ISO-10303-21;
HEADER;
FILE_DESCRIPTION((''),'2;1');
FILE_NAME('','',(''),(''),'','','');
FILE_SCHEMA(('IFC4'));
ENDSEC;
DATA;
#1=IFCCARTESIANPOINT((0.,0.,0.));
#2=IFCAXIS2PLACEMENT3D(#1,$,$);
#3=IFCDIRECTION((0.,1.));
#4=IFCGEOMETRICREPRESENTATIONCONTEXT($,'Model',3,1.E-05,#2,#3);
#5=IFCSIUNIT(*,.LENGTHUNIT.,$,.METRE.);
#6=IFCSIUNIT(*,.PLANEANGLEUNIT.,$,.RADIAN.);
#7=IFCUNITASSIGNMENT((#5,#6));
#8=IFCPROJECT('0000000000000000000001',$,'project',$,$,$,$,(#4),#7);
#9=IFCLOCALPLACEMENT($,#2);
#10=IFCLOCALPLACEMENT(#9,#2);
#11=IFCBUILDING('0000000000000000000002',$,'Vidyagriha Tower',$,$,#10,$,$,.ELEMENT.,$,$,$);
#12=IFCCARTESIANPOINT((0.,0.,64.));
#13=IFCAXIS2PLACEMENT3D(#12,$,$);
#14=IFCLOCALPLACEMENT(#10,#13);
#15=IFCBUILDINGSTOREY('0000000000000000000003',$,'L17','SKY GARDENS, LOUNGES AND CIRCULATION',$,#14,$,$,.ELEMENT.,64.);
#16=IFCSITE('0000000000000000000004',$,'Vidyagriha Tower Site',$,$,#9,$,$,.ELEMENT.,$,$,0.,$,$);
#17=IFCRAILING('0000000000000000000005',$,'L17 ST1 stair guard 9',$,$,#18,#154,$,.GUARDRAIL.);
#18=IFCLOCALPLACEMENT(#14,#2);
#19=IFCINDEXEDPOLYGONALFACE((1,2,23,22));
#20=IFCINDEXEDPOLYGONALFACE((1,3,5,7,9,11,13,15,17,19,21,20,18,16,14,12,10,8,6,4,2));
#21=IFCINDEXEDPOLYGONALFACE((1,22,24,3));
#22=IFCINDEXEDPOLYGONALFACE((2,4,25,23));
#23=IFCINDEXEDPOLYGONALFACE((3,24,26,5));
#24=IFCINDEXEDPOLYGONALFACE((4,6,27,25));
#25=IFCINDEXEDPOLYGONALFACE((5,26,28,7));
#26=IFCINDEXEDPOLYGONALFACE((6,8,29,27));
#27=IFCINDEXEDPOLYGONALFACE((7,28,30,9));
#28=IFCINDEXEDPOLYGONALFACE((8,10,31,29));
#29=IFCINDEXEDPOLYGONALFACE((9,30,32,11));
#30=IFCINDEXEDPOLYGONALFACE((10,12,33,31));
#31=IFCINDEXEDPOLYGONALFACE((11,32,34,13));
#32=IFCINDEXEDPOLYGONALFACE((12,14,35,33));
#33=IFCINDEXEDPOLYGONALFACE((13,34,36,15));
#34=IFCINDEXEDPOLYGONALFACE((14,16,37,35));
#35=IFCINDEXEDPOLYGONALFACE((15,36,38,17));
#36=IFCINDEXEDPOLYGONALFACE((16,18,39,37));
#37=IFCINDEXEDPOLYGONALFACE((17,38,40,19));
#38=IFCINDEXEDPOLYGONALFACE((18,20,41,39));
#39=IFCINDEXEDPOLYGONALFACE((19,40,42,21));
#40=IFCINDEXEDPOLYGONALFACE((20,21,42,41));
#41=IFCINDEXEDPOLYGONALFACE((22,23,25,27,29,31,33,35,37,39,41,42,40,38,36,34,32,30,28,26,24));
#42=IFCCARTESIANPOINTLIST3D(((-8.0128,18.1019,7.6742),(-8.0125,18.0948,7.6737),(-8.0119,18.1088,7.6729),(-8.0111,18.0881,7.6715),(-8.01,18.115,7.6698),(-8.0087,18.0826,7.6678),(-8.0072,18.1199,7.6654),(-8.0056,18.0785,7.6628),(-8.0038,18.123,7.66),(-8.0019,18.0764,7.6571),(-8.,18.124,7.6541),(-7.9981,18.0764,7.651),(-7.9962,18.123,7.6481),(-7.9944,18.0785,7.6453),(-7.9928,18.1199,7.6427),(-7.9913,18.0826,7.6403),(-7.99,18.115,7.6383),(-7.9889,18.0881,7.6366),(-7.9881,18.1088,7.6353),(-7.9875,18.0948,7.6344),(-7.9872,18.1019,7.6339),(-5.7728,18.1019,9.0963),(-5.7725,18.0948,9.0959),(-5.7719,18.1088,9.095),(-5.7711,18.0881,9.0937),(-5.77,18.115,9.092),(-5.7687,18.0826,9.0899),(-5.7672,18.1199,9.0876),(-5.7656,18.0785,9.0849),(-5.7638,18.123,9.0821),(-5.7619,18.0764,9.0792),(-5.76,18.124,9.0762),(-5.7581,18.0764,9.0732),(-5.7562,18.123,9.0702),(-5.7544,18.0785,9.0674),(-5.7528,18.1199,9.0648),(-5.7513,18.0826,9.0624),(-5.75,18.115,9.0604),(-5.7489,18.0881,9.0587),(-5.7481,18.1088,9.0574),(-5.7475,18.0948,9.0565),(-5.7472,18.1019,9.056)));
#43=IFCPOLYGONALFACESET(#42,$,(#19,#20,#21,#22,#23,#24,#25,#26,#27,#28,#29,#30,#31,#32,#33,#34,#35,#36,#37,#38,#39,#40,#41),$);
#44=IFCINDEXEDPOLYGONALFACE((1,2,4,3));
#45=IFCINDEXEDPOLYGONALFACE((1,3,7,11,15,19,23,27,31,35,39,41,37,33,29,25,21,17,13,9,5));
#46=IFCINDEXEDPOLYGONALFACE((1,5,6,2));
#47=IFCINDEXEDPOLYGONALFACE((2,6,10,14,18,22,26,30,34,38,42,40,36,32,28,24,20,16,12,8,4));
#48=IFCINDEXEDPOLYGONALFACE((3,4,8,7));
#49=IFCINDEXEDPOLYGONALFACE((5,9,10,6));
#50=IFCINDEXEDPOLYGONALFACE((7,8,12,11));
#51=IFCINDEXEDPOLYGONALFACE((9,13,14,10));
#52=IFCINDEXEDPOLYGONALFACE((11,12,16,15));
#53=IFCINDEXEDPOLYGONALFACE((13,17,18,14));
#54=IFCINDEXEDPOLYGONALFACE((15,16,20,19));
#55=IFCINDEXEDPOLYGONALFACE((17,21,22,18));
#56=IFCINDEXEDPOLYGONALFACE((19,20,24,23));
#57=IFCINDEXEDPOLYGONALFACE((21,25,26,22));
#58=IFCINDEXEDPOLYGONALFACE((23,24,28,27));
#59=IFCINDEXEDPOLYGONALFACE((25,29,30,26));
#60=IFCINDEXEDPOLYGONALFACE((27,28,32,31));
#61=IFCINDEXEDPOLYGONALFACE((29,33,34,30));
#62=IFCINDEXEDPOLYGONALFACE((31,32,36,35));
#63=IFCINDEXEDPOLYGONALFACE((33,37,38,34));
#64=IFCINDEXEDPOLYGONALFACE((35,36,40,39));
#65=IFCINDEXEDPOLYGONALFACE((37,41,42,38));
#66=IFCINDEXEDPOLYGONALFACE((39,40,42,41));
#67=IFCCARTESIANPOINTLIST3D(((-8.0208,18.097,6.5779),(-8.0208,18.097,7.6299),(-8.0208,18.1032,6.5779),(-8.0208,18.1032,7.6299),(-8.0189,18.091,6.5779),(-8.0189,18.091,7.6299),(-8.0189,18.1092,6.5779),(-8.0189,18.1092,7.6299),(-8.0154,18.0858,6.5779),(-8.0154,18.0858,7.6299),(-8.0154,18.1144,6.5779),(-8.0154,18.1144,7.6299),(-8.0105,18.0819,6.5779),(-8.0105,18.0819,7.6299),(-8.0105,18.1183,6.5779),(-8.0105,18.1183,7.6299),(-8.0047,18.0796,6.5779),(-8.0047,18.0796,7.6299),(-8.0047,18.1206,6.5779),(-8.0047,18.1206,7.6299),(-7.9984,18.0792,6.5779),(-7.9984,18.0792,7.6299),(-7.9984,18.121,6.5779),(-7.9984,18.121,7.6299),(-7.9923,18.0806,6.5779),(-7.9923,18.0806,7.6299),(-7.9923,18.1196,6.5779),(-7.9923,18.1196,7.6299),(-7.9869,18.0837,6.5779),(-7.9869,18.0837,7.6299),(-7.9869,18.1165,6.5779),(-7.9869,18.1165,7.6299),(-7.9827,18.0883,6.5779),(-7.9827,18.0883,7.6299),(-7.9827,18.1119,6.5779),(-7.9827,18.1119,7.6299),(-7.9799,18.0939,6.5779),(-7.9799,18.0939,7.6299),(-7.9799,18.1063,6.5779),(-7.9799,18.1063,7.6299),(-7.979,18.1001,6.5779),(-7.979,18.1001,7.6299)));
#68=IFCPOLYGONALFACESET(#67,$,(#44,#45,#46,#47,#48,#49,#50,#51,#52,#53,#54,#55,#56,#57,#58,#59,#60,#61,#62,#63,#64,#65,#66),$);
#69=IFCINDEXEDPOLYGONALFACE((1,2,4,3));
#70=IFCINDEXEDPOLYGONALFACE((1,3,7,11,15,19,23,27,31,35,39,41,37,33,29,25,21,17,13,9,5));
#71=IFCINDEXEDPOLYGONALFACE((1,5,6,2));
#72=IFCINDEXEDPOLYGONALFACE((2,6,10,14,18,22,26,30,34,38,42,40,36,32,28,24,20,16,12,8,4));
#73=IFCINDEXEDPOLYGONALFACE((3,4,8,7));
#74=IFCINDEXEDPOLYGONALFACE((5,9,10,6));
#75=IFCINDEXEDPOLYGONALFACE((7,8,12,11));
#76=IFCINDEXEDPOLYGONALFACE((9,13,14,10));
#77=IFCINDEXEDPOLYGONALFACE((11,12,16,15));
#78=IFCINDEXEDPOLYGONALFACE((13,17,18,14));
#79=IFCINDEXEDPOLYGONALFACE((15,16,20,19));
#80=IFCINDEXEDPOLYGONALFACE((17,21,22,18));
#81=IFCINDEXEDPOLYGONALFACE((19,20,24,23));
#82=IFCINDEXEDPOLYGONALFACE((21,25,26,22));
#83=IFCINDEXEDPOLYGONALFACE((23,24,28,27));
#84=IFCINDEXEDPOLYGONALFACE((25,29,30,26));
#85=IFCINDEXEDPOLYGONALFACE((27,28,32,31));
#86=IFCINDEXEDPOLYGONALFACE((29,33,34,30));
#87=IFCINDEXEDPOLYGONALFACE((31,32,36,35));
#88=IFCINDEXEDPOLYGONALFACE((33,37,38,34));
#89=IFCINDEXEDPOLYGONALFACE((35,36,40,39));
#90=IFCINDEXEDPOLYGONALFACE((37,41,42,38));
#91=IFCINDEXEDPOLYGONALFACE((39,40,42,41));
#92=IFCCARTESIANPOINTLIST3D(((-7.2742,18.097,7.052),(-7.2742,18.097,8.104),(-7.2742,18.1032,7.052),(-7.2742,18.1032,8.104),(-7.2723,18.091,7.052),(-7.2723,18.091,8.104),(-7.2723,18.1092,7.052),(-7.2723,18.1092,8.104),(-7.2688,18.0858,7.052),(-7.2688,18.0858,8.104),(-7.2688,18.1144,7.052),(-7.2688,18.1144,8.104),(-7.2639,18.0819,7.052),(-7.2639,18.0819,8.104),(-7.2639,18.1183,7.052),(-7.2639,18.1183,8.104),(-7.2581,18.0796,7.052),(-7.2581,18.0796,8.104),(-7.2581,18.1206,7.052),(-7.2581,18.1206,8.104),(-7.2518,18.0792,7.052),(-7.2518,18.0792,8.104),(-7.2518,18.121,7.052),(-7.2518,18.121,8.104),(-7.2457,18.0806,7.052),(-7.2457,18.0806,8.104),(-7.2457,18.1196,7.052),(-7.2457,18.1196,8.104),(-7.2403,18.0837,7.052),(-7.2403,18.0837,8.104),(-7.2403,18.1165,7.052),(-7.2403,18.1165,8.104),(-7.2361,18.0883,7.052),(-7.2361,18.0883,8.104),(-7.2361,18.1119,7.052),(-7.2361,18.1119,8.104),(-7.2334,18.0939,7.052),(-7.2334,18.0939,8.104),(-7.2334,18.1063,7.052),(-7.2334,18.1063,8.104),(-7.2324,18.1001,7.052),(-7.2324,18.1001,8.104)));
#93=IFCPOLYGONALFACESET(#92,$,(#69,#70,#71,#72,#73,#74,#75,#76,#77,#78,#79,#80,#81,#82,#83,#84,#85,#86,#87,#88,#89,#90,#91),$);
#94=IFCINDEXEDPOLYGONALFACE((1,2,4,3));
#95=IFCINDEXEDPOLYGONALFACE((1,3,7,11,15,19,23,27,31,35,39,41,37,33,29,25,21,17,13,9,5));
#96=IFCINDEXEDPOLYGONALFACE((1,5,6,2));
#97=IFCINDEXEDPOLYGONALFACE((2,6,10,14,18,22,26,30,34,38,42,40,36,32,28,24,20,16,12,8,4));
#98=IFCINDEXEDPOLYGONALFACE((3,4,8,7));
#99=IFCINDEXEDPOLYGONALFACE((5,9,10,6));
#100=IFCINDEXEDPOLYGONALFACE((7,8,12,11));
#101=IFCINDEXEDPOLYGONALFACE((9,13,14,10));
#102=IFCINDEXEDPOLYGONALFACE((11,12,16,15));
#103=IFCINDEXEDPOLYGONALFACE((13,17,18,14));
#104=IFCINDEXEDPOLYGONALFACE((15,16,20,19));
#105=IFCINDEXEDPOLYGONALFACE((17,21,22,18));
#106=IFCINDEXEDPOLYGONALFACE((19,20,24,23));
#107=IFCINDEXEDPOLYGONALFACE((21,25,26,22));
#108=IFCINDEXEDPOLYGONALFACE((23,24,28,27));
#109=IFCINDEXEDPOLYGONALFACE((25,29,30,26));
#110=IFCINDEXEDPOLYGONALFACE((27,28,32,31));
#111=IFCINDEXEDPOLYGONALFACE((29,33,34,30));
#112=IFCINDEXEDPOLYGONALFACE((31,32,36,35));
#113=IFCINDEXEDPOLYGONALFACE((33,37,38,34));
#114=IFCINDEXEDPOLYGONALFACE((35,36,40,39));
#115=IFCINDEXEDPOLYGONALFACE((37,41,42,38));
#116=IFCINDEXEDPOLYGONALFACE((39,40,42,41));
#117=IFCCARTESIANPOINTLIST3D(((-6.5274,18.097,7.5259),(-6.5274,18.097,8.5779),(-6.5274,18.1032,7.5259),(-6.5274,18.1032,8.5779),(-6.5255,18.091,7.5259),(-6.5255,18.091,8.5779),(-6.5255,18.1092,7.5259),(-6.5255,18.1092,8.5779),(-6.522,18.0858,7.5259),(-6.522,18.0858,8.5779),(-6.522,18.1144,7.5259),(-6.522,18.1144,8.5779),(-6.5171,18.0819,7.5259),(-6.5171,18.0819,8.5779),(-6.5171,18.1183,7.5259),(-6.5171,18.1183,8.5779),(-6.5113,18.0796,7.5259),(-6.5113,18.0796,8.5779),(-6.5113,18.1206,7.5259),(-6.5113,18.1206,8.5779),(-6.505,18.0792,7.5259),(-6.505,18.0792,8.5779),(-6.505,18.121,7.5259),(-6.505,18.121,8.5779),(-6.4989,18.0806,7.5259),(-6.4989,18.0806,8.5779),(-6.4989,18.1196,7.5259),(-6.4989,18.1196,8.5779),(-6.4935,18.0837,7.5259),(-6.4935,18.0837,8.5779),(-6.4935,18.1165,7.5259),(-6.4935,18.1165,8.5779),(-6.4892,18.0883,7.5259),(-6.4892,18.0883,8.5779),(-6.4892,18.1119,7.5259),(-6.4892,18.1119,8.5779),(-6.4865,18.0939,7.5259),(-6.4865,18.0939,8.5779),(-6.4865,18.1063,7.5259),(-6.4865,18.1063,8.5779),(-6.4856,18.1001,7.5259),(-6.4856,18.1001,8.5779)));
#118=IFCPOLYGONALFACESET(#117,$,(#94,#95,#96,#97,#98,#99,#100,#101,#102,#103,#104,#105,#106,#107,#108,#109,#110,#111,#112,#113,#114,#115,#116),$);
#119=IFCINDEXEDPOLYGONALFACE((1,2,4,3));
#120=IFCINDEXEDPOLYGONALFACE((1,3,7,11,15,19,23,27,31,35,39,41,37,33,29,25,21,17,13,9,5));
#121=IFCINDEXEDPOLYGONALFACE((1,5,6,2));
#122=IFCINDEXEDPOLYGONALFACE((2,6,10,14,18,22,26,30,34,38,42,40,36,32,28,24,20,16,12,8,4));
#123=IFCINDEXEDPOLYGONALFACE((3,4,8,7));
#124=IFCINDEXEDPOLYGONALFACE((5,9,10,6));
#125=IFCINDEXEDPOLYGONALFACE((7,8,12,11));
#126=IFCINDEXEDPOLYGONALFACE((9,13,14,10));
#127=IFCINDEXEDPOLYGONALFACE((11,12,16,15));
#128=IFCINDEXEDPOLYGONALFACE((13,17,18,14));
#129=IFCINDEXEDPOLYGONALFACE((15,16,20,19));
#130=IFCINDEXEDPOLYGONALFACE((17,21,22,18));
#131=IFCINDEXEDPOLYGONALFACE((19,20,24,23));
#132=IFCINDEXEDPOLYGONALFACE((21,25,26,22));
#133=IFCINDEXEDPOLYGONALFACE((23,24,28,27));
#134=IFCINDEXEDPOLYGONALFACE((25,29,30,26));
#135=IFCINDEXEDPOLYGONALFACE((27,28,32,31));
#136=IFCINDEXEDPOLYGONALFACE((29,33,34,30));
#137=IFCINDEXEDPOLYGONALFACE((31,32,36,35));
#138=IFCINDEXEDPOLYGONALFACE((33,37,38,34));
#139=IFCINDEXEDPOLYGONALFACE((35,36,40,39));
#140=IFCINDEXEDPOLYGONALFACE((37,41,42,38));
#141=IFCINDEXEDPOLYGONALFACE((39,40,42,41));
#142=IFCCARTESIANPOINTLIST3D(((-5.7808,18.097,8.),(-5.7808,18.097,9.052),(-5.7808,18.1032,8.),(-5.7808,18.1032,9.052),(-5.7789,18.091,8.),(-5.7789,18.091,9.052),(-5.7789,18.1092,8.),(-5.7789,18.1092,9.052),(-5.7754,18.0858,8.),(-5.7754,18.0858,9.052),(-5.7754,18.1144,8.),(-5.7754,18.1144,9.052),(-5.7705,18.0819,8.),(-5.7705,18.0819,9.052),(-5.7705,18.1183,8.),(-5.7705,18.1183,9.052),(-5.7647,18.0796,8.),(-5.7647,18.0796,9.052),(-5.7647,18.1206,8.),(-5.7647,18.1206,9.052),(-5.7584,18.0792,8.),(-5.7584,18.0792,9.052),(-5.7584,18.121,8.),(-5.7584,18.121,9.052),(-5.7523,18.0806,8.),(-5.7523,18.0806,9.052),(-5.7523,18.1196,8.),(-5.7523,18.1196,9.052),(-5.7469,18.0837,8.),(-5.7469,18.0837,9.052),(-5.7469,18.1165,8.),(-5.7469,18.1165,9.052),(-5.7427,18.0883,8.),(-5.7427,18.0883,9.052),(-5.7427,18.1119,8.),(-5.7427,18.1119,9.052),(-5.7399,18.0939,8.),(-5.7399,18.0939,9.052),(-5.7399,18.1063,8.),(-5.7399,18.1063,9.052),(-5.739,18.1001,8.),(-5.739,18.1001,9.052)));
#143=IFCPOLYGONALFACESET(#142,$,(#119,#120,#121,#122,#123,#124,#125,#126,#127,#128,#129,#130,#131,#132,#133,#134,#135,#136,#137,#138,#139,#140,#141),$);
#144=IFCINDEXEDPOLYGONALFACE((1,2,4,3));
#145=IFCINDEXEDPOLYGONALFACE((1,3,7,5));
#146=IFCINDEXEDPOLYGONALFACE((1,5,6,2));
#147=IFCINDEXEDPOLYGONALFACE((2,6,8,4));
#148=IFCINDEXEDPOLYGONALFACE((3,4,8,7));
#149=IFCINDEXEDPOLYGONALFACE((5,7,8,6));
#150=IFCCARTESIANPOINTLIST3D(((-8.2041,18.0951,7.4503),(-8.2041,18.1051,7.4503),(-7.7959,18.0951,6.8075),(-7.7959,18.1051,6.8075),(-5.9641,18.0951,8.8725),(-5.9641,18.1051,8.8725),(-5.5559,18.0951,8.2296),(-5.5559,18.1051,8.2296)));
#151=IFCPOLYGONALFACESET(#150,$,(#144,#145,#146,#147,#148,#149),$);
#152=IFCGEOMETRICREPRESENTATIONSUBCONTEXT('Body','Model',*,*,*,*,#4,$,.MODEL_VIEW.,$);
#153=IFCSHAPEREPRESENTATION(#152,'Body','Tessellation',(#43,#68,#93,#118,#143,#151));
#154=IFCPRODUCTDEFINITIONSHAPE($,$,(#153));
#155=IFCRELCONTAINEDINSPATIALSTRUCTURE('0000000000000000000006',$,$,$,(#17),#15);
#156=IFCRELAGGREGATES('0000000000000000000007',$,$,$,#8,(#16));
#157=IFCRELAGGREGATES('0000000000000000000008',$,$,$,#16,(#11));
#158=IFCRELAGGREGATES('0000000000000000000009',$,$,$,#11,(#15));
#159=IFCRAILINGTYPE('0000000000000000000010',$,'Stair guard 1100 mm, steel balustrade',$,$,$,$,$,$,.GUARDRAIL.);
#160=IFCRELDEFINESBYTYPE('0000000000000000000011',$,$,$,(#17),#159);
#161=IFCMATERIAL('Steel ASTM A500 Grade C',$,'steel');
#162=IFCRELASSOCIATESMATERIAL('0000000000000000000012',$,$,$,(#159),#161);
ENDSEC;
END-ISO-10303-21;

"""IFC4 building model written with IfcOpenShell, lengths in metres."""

from ifc_helpers import new_model, si_unit, direction, frame, origin, origin_2d, place, context, subcontext, project, spatial, rectangle, circle, extrude, material, type_object, element, save


model = new_model("IFC4")

# Units and contexts
model_context = context("Model", 3, precision=1e-05, world=origin(), true_north=direction((0.0, 1.0)))
body_context = subcontext(model_context, "Body", "Model", "MODEL_VIEW")
ifc_project = project(units=[si_unit("LENGTHUNIT", "METRE"), si_unit("PLANEANGLEUNIT", "RADIAN")], contexts=[model_context])

# Site, building, storey
site_placement = place(None, origin())
site = spatial("IfcSite", under=ifc_project, at=site_placement, Name="Vidyagriha Tower Site", CompositionType="ELEMENT", RefElevation=0.0)
building_placement = place(site_placement, origin())
building = spatial("IfcBuilding", under=site, at=building_placement, Name="Vidyagriha Tower", CompositionType="ELEMENT")
storey_placement = place(building_placement, frame((0.0, 0.0, 64.0)))
storey = spatial("IfcBuildingStorey", under=building, at=storey_placement, Name="L17", Description="SKY GARDENS, LOUNGES AND CIRCULATION", CompositionType="ELEMENT", Elevation=64.0)

# Railing
ifc_material_1 = material(Name="Steel ASTM A500 Grade C", Category="steel")
railing_type_1 = type_object("IfcRailingType", Name="Stair guard 1100 mm, steel balustrade", PredefinedType="GUARDRAIL", material=ifc_material_1)
railing_1_placement = place(storey_placement, frame((-8.0, 18.1001, 6.5779)))
element("IfcRailing", 1, at=railing_1_placement, inside=storey, type_object=railing_type_1, Name="L17 ST1 stair guard 9", PredefinedType="GUARDRAIL", context=body_context, shape_type="SweptSolid", body=[
    extrude(circle(Radius=0.0239, at=origin_2d()), frame((0.0, 0.0, 1.0762), z_axis=(0.844229, 0.0, 0.535982), x_axis=(0.0, 1.0, 0.0)), (0.0, 0.0, 1.0), 2.6533),
    extrude(circle(Radius=0.021, at=origin_2d()), origin(), (0.0, 0.0, 1.0), 1.052),
    extrude(circle(Radius=0.021, at=origin_2d()), frame((0.7466, 0.0, 0.4741)), (0.0, 0.0, 1.0), 1.052),
    extrude(circle(Radius=0.021, at=origin_2d()), frame((1.4934, 0.0, 0.948)), (0.0, 0.0, 1.0), 1.052),
    extrude(circle(Radius=0.021, at=origin_2d()), frame((2.24, 0.0, 1.4221)), (0.0, 0.0, 1.0), 1.052),
    extrude(rectangle(XDim=0.01, YDim=0.7615, at=origin_2d()), frame((0.0, 0.0, 0.551), z_axis=(0.844229, 0.0, 0.535982), x_axis=(0.0, 1.0, 0.0)), (0.0, 0.0, 1.0), 2.6533),
])

save(model, "model.ifc")
